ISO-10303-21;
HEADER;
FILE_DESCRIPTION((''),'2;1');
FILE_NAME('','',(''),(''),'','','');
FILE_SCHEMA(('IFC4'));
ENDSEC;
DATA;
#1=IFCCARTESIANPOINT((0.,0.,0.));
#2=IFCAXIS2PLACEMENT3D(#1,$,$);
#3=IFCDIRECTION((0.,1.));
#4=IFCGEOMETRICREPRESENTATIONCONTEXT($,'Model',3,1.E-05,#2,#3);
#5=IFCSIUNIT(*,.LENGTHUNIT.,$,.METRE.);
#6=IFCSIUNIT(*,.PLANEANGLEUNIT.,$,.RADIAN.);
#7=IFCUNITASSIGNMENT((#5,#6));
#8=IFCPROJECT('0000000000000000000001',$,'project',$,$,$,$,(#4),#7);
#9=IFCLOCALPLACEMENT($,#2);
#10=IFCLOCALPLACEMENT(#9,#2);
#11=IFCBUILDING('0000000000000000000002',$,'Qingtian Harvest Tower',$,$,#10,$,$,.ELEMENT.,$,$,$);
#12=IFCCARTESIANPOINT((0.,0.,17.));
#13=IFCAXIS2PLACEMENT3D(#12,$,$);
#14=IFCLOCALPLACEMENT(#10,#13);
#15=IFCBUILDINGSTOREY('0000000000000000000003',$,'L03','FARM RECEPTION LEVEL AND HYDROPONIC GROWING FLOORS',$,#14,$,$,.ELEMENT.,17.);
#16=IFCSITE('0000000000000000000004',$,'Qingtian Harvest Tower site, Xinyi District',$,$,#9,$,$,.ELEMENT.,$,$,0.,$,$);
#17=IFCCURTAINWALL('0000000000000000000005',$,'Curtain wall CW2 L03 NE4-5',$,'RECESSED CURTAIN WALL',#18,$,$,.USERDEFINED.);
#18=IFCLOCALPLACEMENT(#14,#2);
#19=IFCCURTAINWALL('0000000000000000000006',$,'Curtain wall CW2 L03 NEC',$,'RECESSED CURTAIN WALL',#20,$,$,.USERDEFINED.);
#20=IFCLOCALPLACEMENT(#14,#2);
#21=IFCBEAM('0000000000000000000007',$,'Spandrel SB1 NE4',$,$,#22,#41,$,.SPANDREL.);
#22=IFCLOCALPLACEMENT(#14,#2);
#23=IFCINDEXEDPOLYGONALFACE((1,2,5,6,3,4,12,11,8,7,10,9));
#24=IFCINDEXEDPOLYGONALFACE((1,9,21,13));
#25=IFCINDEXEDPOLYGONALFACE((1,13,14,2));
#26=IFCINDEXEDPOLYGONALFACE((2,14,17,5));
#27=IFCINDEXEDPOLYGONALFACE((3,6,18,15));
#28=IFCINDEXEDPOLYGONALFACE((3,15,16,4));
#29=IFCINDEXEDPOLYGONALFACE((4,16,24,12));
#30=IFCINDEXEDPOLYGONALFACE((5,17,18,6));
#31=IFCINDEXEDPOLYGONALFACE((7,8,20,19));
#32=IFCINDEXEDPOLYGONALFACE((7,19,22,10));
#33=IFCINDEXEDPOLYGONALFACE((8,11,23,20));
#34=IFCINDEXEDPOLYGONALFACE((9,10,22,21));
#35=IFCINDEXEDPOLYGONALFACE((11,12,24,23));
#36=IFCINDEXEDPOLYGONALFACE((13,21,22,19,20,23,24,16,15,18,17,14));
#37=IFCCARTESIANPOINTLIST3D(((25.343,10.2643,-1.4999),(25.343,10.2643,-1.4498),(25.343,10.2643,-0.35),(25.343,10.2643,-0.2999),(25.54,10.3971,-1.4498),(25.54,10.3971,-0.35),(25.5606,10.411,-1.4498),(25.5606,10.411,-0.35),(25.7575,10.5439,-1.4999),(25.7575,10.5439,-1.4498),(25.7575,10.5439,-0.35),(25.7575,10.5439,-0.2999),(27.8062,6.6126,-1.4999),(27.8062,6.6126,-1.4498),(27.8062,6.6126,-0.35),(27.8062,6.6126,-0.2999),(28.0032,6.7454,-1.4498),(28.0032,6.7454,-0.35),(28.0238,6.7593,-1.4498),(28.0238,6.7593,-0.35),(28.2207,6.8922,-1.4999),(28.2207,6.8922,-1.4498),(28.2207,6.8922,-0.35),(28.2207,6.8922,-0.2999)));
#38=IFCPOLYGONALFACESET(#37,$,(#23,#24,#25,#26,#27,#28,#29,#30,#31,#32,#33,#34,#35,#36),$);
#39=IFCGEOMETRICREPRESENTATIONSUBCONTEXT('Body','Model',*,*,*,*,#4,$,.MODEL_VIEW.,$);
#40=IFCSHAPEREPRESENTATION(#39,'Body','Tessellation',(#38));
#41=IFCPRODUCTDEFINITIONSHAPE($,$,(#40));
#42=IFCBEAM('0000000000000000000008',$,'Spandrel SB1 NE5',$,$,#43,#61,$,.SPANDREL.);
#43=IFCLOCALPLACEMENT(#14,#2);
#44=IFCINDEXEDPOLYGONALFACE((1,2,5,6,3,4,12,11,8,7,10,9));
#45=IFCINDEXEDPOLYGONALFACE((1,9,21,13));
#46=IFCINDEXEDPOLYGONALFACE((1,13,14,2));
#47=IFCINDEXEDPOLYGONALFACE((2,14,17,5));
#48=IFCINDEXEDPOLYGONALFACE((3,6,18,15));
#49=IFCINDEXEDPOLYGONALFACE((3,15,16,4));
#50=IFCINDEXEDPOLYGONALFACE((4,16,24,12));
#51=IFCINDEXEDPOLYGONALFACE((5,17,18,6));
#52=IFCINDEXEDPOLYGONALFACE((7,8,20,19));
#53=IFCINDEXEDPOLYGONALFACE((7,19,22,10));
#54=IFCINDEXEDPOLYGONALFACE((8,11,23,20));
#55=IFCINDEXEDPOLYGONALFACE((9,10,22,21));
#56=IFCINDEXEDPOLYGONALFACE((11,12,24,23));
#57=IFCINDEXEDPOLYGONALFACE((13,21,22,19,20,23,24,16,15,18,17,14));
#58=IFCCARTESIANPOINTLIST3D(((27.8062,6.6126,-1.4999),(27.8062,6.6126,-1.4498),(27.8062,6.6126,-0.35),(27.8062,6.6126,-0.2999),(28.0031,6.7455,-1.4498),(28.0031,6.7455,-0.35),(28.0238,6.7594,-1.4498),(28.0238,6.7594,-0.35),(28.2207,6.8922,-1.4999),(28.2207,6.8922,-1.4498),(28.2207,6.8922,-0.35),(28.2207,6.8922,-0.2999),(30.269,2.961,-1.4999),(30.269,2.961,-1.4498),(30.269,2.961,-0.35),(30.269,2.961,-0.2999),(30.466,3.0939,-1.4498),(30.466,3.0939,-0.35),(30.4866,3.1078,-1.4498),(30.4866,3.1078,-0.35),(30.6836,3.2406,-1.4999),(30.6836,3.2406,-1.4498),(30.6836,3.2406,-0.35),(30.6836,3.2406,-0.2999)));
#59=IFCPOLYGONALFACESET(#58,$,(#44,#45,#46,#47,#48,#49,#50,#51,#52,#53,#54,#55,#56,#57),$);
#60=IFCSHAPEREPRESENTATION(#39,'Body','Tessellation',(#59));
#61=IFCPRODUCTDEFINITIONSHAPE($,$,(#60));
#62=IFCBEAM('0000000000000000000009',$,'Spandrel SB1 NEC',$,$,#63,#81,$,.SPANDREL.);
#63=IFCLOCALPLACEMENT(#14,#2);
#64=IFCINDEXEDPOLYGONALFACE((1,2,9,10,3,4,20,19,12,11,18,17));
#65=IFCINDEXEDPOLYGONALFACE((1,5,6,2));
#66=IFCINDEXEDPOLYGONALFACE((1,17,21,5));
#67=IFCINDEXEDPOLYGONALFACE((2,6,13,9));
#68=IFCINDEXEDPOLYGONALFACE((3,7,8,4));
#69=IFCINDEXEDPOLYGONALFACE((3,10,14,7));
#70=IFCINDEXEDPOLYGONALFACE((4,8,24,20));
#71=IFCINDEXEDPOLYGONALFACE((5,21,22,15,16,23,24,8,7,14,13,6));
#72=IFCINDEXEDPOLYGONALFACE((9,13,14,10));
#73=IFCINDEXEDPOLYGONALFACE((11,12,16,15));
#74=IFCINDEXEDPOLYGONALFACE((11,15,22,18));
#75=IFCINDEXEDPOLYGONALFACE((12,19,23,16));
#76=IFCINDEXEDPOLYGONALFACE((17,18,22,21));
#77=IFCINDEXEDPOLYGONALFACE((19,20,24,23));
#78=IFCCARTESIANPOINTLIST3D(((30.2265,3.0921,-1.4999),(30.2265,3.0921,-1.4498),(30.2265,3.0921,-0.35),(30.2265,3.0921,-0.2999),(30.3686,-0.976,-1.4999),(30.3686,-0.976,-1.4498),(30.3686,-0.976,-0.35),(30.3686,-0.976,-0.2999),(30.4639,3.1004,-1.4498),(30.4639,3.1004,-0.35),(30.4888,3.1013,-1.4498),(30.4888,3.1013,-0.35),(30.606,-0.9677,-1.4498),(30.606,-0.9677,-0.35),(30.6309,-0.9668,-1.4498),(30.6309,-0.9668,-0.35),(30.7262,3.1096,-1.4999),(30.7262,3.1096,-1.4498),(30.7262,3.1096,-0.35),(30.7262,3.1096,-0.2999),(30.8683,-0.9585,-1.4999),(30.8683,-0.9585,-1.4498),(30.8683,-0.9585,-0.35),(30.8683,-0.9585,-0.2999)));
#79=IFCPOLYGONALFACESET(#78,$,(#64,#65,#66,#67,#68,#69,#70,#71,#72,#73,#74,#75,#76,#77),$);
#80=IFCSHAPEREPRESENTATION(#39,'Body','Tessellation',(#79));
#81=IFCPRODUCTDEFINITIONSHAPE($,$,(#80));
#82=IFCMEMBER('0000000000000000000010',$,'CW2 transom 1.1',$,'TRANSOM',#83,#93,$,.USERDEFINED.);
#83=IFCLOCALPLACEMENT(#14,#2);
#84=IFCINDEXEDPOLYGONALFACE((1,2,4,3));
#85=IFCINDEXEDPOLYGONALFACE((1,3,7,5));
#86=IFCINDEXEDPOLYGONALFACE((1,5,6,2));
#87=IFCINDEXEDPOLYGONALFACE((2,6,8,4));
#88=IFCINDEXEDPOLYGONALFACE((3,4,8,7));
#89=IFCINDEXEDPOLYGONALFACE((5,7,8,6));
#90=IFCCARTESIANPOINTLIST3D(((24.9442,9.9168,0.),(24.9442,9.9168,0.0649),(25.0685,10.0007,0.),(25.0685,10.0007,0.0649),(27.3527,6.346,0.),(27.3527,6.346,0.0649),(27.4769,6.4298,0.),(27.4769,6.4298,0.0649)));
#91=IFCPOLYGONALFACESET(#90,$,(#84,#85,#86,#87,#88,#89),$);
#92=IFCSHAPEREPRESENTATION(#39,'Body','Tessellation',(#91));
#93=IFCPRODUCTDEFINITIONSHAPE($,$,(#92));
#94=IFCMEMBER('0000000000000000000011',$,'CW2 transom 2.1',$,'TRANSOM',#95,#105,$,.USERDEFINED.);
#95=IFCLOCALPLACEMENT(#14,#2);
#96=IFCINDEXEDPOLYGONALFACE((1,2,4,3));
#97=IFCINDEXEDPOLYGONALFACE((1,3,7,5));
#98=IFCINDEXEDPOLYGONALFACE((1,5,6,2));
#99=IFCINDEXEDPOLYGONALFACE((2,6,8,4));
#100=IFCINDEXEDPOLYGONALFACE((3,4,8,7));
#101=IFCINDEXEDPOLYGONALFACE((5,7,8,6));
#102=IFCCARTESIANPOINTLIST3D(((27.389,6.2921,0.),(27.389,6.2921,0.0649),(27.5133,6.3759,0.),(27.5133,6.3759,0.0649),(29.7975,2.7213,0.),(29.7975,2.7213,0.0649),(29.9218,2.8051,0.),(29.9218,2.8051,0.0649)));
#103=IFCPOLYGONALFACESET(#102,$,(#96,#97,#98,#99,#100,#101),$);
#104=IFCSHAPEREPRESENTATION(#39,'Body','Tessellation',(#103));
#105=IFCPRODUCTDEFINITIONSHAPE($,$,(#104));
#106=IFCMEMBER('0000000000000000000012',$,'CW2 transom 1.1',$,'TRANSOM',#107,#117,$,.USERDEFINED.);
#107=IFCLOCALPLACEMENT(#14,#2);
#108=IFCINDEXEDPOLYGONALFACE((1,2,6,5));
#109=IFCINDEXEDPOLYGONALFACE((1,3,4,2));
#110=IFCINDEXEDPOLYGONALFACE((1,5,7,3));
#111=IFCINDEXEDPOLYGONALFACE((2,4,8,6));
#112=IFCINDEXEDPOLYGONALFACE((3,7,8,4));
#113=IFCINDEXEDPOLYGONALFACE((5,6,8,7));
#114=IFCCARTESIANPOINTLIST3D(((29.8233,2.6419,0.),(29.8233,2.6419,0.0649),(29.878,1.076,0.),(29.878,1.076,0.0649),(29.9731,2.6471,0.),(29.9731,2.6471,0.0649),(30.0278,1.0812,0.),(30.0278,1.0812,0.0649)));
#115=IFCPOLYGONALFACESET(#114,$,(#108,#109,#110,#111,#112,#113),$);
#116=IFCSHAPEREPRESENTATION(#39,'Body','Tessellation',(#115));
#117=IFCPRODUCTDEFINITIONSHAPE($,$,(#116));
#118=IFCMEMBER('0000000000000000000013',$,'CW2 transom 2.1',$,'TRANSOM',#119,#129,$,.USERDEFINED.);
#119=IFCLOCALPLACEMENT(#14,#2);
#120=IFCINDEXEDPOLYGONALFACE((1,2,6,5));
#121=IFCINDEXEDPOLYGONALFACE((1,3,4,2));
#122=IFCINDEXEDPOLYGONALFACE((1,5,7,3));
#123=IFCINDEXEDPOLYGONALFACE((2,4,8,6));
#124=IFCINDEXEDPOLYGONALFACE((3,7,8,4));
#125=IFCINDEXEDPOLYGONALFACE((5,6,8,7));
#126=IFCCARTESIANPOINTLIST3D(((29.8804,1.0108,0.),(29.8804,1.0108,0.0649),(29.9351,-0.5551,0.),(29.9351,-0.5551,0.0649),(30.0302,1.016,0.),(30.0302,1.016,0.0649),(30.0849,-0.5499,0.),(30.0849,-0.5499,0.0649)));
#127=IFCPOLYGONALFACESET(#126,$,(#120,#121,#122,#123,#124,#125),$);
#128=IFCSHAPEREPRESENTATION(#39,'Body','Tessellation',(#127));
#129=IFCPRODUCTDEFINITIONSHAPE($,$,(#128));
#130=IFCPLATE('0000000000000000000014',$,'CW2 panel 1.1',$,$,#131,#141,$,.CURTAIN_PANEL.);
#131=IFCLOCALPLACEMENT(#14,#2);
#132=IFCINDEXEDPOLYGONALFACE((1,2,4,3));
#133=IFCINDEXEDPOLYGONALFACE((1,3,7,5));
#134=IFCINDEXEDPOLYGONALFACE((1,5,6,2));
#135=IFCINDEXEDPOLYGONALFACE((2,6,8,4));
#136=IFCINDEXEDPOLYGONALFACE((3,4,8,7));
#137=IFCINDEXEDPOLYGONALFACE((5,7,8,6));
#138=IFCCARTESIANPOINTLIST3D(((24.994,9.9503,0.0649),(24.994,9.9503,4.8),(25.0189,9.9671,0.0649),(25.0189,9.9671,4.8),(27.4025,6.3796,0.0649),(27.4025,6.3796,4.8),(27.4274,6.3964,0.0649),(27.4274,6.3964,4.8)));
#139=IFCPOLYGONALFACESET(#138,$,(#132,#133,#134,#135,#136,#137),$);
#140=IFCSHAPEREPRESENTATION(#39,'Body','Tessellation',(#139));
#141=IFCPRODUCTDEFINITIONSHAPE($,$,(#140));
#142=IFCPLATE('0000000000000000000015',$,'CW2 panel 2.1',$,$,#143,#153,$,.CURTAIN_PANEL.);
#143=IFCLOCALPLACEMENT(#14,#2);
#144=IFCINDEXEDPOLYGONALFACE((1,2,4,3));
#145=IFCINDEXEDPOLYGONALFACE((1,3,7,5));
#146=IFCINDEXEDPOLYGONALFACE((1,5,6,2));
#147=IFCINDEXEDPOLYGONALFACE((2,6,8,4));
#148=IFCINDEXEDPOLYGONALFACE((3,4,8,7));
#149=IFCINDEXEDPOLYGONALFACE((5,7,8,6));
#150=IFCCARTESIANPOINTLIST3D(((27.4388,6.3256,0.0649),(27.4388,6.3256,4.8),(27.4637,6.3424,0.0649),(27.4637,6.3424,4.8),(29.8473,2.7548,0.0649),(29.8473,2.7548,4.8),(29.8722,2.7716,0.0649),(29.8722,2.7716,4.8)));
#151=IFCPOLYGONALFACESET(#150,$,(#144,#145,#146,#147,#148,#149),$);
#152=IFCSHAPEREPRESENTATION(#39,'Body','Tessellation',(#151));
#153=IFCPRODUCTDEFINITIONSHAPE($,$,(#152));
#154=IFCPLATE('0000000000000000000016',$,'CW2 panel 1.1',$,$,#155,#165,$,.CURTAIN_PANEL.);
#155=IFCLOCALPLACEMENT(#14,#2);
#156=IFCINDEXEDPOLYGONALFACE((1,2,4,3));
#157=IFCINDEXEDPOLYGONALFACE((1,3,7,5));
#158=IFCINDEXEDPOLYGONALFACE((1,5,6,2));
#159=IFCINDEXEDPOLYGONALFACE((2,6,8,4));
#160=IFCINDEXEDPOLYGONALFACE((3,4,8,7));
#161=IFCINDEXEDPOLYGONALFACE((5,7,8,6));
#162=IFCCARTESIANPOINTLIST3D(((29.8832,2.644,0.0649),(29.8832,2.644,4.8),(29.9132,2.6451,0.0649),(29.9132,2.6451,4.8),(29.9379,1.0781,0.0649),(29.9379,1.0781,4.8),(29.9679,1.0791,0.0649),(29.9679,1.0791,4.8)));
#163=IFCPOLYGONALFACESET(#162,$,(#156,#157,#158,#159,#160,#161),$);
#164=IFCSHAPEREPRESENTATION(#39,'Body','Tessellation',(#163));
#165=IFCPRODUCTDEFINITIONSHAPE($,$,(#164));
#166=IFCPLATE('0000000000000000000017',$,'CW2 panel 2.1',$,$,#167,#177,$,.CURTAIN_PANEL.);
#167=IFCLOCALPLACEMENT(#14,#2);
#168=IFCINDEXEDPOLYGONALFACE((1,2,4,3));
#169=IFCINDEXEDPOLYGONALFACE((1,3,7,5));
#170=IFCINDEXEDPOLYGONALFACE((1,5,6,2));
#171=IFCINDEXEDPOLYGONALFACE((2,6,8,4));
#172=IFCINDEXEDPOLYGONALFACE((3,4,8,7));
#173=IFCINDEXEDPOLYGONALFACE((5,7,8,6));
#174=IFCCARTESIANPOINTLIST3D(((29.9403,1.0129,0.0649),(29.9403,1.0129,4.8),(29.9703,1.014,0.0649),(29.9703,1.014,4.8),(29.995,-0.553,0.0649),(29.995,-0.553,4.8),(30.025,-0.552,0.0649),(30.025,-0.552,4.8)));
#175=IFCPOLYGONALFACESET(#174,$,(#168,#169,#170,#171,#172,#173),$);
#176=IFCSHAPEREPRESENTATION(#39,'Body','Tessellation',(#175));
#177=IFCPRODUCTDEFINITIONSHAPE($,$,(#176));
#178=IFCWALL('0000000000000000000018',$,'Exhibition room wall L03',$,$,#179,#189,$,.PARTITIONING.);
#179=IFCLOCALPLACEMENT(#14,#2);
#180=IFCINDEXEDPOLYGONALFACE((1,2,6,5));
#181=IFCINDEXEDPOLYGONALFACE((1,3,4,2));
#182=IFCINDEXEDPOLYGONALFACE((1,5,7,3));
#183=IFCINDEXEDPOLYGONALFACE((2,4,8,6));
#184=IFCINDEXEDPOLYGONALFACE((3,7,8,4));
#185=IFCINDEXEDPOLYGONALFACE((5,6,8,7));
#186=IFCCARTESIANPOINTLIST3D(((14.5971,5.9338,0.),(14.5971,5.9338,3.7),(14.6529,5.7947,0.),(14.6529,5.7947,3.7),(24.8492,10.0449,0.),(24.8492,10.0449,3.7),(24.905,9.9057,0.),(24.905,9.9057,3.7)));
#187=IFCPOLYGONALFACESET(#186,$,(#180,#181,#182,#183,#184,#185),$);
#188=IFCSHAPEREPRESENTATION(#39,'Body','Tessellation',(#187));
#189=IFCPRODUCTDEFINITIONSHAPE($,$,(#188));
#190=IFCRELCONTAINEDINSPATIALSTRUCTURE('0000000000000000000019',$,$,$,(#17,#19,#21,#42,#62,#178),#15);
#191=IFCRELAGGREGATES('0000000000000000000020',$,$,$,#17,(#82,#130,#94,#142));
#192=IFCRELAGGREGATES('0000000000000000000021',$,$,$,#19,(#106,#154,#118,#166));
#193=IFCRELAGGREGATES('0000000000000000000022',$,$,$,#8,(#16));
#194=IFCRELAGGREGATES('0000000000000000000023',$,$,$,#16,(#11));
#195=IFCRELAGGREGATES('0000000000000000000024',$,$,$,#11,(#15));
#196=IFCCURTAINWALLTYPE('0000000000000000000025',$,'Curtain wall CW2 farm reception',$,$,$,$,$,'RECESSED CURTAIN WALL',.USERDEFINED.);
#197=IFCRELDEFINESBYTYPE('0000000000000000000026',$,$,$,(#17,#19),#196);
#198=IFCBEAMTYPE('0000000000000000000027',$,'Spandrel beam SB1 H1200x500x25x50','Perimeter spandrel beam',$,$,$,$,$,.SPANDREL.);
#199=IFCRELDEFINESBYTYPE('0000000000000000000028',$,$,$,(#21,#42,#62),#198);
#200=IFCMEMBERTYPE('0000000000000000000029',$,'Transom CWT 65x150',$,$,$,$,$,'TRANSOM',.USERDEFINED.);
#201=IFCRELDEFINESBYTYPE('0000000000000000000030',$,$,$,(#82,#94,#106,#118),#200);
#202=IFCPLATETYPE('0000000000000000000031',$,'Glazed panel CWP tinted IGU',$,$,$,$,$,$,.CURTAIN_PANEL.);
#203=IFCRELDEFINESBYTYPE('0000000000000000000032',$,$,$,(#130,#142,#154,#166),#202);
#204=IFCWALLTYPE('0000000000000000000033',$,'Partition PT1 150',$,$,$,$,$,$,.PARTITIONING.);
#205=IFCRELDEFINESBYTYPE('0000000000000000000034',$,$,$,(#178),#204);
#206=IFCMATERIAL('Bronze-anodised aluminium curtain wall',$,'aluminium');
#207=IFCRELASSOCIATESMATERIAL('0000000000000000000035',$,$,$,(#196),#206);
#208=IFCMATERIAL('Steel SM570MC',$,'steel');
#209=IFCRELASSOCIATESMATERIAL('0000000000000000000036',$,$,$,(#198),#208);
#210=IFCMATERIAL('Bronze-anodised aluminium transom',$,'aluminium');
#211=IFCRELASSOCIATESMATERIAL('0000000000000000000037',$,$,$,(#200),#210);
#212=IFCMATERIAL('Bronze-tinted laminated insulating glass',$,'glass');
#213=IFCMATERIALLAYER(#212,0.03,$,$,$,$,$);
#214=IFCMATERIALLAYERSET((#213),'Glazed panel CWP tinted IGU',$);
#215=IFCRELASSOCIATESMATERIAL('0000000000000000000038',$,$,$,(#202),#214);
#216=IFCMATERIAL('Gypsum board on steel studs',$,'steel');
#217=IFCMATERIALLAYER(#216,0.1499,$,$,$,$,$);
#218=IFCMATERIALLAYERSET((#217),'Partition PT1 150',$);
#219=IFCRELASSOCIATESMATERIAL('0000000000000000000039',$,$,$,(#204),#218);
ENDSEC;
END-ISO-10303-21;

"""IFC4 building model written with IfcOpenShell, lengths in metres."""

from ifc_helpers import new_model, si_unit, direction, frame, frame_2d, origin, origin_2d, place, context, subcontext, project, spatial, rectangle, i_section, extrude, material, layer, layer_set, material_profile, profile_set, type_object, element, aggregate, save


model = new_model("IFC4")

# Units and contexts
model_context = context("Model", 3, precision=1e-05, world=origin(), true_north=direction((0.0, 1.0)))
body_context = subcontext(model_context, "Body", "Model", "MODEL_VIEW")
ifc_project = project(units=[si_unit("LENGTHUNIT", "METRE"), si_unit("PLANEANGLEUNIT", "RADIAN")], contexts=[model_context])

# Site, building, storey
site_placement = place(None, origin())
site = spatial("IfcSite", under=ifc_project, at=site_placement, Name="Qingtian Harvest Tower site, Xinyi District", CompositionType="ELEMENT", RefElevation=0.0)
building_placement = place(site_placement, origin())
building = spatial("IfcBuilding", under=site, at=building_placement, Name="Qingtian Harvest Tower", CompositionType="ELEMENT")
storey_placement = place(building_placement, frame((0.0, 0.0, 17.0)))
storey = spatial("IfcBuildingStorey", under=building, at=storey_placement, Name="L03", Description="FARM RECEPTION LEVEL AND HYDROPONIC GROWING FLOORS", CompositionType="ELEMENT", Elevation=17.0)

# Shared definitions
ifc_material_1 = material(Name="Bronze-anodised aluminium curtain wall", Category="aluminium")
curtain_wall_type = type_object("IfcCurtainWallType", Name="Curtain wall CW2 farm reception", ElementType="RECESSED CURTAIN WALL", PredefinedType="USERDEFINED", material=ifc_material_1)

# Curtain walls
curtain_wall_1_placement = place(storey_placement, origin())
curtain_wall_1 = element("IfcCurtainWall", 1, at=curtain_wall_1_placement, inside=storey, type_object=curtain_wall_type, Name="Curtain wall CW2 L03 NE4-5", ObjectType="RECESSED CURTAIN WALL", PredefinedType="USERDEFINED")
curtain_wall_2_placement = place(storey_placement, origin())
curtain_wall_2 = element("IfcCurtainWall", 2, at=curtain_wall_2_placement, inside=storey, type_object=curtain_wall_type, Name="Curtain wall CW2 L03 NEC", ObjectType="RECESSED CURTAIN WALL", PredefinedType="USERDEFINED")

# Beams
ifc_material_2 = material(Name="Steel SM570MC", Category="steel")
ifc_material_profile_1 = material_profile(ifc_material_2, i_section(OverallWidth=0.5, OverallDepth=1.2, WebThickness=0.0249, FlangeThickness=0.05, at=origin_2d()), Name="H1200x500x25x50")
ifc_profile_set_1 = profile_set([ifc_material_profile_1], Name="Steel SM570MC")
beam_type_1 = type_object("IfcBeamType", Name="Spandrel beam SB1 H1200x500x25x50", Description="Perimeter spandrel beam", PredefinedType="SPANDREL", material=ifc_profile_set_1)
beam_1_placement = place(storey_placement, frame((25.5503, 10.4041, -0.8999), z_axis=(0.559207, -0.829028, 0.0), x_axis=(0.829028, 0.559207, 0.0)))
element("IfcBeam", 3, at=beam_1_placement, inside=storey, type_object=beam_type_1, Name="Spandrel SB1 NE4", PredefinedType="SPANDREL", context=body_context, shape_type="SweptSolid", body=[
    extrude(i_section(OverallWidth=0.5, OverallDepth=1.2, WebThickness=0.0249, FlangeThickness=0.05, at=origin_2d()), origin(), (0.0, 0.0, 1.0), 4.4048),
])
beam_2_placement = place(storey_placement, frame((28.0134, 6.7524, -0.8999), z_axis=(0.559169, -0.829054, 0.0), x_axis=(0.829054, 0.559169, 0.0)))
element("IfcBeam", 4, at=beam_2_placement, inside=storey, type_object=beam_type_1, Name="Spandrel SB1 NE5", PredefinedType="SPANDREL", context=body_context, shape_type="SweptSolid", body=[
    extrude(i_section(OverallWidth=0.5, OverallDepth=1.2, WebThickness=0.0249, FlangeThickness=0.05, at=origin_2d()), origin(), (0.0, 0.0, 1.0), 4.4045),
])
beam_3_placement = place(storey_placement, frame((30.4763, 3.1008, -0.8999), z_axis=(0.034906, -0.999391, 0.0), x_axis=(0.999391, 0.034906, 0.0)))
element("IfcBeam", 5, at=beam_3_placement, inside=storey, type_object=beam_type_1, Name="Spandrel SB1 NEC", PredefinedType="SPANDREL", context=body_context, shape_type="SweptSolid", body=[
    extrude(i_section(OverallWidth=0.5, OverallDepth=1.2, WebThickness=0.0249, FlangeThickness=0.05, at=origin_2d()), origin(), (0.0, 0.0, 1.0), 4.0706),
])

# Members
ifc_material_3 = material(Name="Bronze-anodised aluminium transom", Category="aluminium")
ifc_material_profile_2 = material_profile(ifc_material_3, rectangle(XDim=0.1499, YDim=0.0649, at=origin_2d()), Name="AL 65x150")
ifc_profile_set_2 = profile_set([ifc_material_profile_2], Name="Bronze-anodised aluminium transom")
member_type_1 = type_object("IfcMemberType", Name="Transom CWT 65x150", ElementType="TRANSOM", PredefinedType="USERDEFINED", material=ifc_profile_set_2)
member_1_placement = place(storey_placement, frame((25.0063, 9.9587, 0.0325), z_axis=(0.559179, -0.829047, 0.0), x_axis=(0.829047, 0.559179, 0.0)))
member_1 = element("IfcMember", 6, at=member_1_placement, type_object=member_type_1, Name="CW2 transom 1.1", ObjectType="TRANSOM", PredefinedType="USERDEFINED", context=body_context, shape_type="SweptSolid", body=[
    extrude(rectangle(XDim=0.1499, YDim=0.0649, at=origin_2d()), origin(), (0.0, 0.0, 1.0), 4.3071),
])
member_2_placement = place(storey_placement, frame((27.4512, 6.334, 0.0325), z_axis=(0.559179, -0.829047, 0.0), x_axis=(0.829047, 0.559179, 0.0)))
member_2 = element("IfcMember", 7, at=member_2_placement, type_object=member_type_1, Name="CW2 transom 2.1", ObjectType="TRANSOM", PredefinedType="USERDEFINED", context=body_context, shape_type="SweptSolid", body=[
    extrude(rectangle(XDim=0.1499, YDim=0.0649, at=origin_2d()), origin(), (0.0, 0.0, 1.0), 4.3071),
])
member_3_placement = place(storey_placement, frame((29.8982, 2.6445, 0.0325), z_axis=(0.034902, -0.999391, 0.0), x_axis=(0.999391, 0.034902, 0.0)))
member_3 = element("IfcMember", 8, at=member_3_placement, type_object=member_type_1, Name="CW2 transom 1.1", ObjectType="TRANSOM", PredefinedType="USERDEFINED", context=body_context, shape_type="SweptSolid", body=[
    extrude(rectangle(XDim=0.1499, YDim=0.0649, at=origin_2d()), origin(), (0.0, 0.0, 1.0), 1.5669),
])
member_4_placement = place(storey_placement, frame((29.9553, 1.0134, 0.0325), z_axis=(0.034902, -0.999391, 0.0), x_axis=(0.999391, 0.034902, 0.0)))
member_4 = element("IfcMember", 9, at=member_4_placement, type_object=member_type_1, Name="CW2 transom 2.1", ObjectType="TRANSOM", PredefinedType="USERDEFINED", context=body_context, shape_type="SweptSolid", body=[
    extrude(rectangle(XDim=0.1499, YDim=0.0649, at=origin_2d()), origin(), (0.0, 0.0, 1.0), 1.5669),
])

# Plates
ifc_material_4 = material(Name="Bronze-tinted laminated insulating glass", Category="glass")
ifc_layer_1 = layer(ifc_material_4, 0.03)
ifc_layer_set_1 = layer_set([ifc_layer_1], Name="Glazed panel CWP tinted IGU")
plate_type = type_object("IfcPlateType", Name="Glazed panel CWP tinted IGU", PredefinedType="CURTAIN_PANEL", material=ifc_layer_set_1)
plate_1_placement = place(storey_placement, frame((26.2107, 8.1733, 0.0649), z_axis=(0.0, 0.0, 1.0), x_axis=(0.559193, -0.829038, 0.0)))
plate_1 = element("IfcPlate", 10, at=plate_1_placement, type_object=plate_type, Name="CW2 panel 1.1", PredefinedType="CURTAIN_PANEL", context=body_context, shape_type="SweptSolid", body=[
    extrude(rectangle(XDim=4.3071, YDim=0.03, at=origin_2d()), origin(), (0.0, 0.0, 1.0), 4.7351),
])
plate_2_placement = place(storey_placement, frame((28.6555, 4.5486, 0.0649), z_axis=(0.0, 0.0, 1.0), x_axis=(0.559193, -0.829038, 0.0)))
plate_2 = element("IfcPlate", 11, at=plate_2_placement, type_object=plate_type, Name="CW2 panel 2.1", PredefinedType="CURTAIN_PANEL", context=body_context, shape_type="SweptSolid", body=[
    extrude(rectangle(XDim=4.3071, YDim=0.03, at=origin_2d()), origin(), (0.0, 0.0, 1.0), 4.7351),
])
aggregate(curtain_wall_1, [member_1, plate_1, member_2, plate_2])
plate_3_placement = place(storey_placement, frame((29.9255, 1.8616, 0.0649), z_axis=(0.0, 0.0, 1.0), x_axis=(0.034899, -0.999391, 0.0)))
plate_3 = element("IfcPlate", 12, at=plate_3_placement, type_object=plate_type, Name="CW2 panel 1.1", PredefinedType="CURTAIN_PANEL", context=body_context, shape_type="SweptSolid", body=[
    extrude(rectangle(XDim=1.5669, YDim=0.03, at=origin_2d()), origin(), (0.0, 0.0, 1.0), 4.7351),
])
plate_4_placement = place(storey_placement, frame((29.9827, 0.2305, 0.0649), z_axis=(0.0, 0.0, 1.0), x_axis=(0.034899, -0.999391, 0.0)))
plate_4 = element("IfcPlate", 13, at=plate_4_placement, type_object=plate_type, Name="CW2 panel 2.1", PredefinedType="CURTAIN_PANEL", context=body_context, shape_type="SweptSolid", body=[
    extrude(rectangle(XDim=1.5669, YDim=0.03, at=origin_2d()), origin(), (0.0, 0.0, 1.0), 4.7351),
])
aggregate(curtain_wall_2, [member_3, plate_3, member_4, plate_4])

# Wall
ifc_material_5 = material(Name="Gypsum board on steel studs", Category="steel")
ifc_layer_2 = layer(ifc_material_5, 0.1499)
ifc_layer_set_2 = layer_set([ifc_layer_2], Name="Partition PT1 150")
wall_type_1 = type_object("IfcWallType", Name="Partition PT1 150", PredefinedType="PARTITIONING", material=ifc_layer_set_2)
wall_1_placement = place(storey_placement, frame((24.8772, 9.9753, 0.0), z_axis=(0.0, 0.0, 1.0), x_axis=(-0.928158, -0.372187, 0.0)))
element("IfcWall", 14, at=wall_1_placement, inside=storey, type_object=wall_type_1, Name="Exhibition room wall L03", PredefinedType="PARTITIONING", context=body_context, shape_type="SweptSolid", body=[
    extrude(rectangle(XDim=11.0457, YDim=0.1499, at=frame_2d((5.5229, 0.0))), origin(), (0.0, 0.0, 1.0), 3.7),
])

save(model, "model.ifc")
